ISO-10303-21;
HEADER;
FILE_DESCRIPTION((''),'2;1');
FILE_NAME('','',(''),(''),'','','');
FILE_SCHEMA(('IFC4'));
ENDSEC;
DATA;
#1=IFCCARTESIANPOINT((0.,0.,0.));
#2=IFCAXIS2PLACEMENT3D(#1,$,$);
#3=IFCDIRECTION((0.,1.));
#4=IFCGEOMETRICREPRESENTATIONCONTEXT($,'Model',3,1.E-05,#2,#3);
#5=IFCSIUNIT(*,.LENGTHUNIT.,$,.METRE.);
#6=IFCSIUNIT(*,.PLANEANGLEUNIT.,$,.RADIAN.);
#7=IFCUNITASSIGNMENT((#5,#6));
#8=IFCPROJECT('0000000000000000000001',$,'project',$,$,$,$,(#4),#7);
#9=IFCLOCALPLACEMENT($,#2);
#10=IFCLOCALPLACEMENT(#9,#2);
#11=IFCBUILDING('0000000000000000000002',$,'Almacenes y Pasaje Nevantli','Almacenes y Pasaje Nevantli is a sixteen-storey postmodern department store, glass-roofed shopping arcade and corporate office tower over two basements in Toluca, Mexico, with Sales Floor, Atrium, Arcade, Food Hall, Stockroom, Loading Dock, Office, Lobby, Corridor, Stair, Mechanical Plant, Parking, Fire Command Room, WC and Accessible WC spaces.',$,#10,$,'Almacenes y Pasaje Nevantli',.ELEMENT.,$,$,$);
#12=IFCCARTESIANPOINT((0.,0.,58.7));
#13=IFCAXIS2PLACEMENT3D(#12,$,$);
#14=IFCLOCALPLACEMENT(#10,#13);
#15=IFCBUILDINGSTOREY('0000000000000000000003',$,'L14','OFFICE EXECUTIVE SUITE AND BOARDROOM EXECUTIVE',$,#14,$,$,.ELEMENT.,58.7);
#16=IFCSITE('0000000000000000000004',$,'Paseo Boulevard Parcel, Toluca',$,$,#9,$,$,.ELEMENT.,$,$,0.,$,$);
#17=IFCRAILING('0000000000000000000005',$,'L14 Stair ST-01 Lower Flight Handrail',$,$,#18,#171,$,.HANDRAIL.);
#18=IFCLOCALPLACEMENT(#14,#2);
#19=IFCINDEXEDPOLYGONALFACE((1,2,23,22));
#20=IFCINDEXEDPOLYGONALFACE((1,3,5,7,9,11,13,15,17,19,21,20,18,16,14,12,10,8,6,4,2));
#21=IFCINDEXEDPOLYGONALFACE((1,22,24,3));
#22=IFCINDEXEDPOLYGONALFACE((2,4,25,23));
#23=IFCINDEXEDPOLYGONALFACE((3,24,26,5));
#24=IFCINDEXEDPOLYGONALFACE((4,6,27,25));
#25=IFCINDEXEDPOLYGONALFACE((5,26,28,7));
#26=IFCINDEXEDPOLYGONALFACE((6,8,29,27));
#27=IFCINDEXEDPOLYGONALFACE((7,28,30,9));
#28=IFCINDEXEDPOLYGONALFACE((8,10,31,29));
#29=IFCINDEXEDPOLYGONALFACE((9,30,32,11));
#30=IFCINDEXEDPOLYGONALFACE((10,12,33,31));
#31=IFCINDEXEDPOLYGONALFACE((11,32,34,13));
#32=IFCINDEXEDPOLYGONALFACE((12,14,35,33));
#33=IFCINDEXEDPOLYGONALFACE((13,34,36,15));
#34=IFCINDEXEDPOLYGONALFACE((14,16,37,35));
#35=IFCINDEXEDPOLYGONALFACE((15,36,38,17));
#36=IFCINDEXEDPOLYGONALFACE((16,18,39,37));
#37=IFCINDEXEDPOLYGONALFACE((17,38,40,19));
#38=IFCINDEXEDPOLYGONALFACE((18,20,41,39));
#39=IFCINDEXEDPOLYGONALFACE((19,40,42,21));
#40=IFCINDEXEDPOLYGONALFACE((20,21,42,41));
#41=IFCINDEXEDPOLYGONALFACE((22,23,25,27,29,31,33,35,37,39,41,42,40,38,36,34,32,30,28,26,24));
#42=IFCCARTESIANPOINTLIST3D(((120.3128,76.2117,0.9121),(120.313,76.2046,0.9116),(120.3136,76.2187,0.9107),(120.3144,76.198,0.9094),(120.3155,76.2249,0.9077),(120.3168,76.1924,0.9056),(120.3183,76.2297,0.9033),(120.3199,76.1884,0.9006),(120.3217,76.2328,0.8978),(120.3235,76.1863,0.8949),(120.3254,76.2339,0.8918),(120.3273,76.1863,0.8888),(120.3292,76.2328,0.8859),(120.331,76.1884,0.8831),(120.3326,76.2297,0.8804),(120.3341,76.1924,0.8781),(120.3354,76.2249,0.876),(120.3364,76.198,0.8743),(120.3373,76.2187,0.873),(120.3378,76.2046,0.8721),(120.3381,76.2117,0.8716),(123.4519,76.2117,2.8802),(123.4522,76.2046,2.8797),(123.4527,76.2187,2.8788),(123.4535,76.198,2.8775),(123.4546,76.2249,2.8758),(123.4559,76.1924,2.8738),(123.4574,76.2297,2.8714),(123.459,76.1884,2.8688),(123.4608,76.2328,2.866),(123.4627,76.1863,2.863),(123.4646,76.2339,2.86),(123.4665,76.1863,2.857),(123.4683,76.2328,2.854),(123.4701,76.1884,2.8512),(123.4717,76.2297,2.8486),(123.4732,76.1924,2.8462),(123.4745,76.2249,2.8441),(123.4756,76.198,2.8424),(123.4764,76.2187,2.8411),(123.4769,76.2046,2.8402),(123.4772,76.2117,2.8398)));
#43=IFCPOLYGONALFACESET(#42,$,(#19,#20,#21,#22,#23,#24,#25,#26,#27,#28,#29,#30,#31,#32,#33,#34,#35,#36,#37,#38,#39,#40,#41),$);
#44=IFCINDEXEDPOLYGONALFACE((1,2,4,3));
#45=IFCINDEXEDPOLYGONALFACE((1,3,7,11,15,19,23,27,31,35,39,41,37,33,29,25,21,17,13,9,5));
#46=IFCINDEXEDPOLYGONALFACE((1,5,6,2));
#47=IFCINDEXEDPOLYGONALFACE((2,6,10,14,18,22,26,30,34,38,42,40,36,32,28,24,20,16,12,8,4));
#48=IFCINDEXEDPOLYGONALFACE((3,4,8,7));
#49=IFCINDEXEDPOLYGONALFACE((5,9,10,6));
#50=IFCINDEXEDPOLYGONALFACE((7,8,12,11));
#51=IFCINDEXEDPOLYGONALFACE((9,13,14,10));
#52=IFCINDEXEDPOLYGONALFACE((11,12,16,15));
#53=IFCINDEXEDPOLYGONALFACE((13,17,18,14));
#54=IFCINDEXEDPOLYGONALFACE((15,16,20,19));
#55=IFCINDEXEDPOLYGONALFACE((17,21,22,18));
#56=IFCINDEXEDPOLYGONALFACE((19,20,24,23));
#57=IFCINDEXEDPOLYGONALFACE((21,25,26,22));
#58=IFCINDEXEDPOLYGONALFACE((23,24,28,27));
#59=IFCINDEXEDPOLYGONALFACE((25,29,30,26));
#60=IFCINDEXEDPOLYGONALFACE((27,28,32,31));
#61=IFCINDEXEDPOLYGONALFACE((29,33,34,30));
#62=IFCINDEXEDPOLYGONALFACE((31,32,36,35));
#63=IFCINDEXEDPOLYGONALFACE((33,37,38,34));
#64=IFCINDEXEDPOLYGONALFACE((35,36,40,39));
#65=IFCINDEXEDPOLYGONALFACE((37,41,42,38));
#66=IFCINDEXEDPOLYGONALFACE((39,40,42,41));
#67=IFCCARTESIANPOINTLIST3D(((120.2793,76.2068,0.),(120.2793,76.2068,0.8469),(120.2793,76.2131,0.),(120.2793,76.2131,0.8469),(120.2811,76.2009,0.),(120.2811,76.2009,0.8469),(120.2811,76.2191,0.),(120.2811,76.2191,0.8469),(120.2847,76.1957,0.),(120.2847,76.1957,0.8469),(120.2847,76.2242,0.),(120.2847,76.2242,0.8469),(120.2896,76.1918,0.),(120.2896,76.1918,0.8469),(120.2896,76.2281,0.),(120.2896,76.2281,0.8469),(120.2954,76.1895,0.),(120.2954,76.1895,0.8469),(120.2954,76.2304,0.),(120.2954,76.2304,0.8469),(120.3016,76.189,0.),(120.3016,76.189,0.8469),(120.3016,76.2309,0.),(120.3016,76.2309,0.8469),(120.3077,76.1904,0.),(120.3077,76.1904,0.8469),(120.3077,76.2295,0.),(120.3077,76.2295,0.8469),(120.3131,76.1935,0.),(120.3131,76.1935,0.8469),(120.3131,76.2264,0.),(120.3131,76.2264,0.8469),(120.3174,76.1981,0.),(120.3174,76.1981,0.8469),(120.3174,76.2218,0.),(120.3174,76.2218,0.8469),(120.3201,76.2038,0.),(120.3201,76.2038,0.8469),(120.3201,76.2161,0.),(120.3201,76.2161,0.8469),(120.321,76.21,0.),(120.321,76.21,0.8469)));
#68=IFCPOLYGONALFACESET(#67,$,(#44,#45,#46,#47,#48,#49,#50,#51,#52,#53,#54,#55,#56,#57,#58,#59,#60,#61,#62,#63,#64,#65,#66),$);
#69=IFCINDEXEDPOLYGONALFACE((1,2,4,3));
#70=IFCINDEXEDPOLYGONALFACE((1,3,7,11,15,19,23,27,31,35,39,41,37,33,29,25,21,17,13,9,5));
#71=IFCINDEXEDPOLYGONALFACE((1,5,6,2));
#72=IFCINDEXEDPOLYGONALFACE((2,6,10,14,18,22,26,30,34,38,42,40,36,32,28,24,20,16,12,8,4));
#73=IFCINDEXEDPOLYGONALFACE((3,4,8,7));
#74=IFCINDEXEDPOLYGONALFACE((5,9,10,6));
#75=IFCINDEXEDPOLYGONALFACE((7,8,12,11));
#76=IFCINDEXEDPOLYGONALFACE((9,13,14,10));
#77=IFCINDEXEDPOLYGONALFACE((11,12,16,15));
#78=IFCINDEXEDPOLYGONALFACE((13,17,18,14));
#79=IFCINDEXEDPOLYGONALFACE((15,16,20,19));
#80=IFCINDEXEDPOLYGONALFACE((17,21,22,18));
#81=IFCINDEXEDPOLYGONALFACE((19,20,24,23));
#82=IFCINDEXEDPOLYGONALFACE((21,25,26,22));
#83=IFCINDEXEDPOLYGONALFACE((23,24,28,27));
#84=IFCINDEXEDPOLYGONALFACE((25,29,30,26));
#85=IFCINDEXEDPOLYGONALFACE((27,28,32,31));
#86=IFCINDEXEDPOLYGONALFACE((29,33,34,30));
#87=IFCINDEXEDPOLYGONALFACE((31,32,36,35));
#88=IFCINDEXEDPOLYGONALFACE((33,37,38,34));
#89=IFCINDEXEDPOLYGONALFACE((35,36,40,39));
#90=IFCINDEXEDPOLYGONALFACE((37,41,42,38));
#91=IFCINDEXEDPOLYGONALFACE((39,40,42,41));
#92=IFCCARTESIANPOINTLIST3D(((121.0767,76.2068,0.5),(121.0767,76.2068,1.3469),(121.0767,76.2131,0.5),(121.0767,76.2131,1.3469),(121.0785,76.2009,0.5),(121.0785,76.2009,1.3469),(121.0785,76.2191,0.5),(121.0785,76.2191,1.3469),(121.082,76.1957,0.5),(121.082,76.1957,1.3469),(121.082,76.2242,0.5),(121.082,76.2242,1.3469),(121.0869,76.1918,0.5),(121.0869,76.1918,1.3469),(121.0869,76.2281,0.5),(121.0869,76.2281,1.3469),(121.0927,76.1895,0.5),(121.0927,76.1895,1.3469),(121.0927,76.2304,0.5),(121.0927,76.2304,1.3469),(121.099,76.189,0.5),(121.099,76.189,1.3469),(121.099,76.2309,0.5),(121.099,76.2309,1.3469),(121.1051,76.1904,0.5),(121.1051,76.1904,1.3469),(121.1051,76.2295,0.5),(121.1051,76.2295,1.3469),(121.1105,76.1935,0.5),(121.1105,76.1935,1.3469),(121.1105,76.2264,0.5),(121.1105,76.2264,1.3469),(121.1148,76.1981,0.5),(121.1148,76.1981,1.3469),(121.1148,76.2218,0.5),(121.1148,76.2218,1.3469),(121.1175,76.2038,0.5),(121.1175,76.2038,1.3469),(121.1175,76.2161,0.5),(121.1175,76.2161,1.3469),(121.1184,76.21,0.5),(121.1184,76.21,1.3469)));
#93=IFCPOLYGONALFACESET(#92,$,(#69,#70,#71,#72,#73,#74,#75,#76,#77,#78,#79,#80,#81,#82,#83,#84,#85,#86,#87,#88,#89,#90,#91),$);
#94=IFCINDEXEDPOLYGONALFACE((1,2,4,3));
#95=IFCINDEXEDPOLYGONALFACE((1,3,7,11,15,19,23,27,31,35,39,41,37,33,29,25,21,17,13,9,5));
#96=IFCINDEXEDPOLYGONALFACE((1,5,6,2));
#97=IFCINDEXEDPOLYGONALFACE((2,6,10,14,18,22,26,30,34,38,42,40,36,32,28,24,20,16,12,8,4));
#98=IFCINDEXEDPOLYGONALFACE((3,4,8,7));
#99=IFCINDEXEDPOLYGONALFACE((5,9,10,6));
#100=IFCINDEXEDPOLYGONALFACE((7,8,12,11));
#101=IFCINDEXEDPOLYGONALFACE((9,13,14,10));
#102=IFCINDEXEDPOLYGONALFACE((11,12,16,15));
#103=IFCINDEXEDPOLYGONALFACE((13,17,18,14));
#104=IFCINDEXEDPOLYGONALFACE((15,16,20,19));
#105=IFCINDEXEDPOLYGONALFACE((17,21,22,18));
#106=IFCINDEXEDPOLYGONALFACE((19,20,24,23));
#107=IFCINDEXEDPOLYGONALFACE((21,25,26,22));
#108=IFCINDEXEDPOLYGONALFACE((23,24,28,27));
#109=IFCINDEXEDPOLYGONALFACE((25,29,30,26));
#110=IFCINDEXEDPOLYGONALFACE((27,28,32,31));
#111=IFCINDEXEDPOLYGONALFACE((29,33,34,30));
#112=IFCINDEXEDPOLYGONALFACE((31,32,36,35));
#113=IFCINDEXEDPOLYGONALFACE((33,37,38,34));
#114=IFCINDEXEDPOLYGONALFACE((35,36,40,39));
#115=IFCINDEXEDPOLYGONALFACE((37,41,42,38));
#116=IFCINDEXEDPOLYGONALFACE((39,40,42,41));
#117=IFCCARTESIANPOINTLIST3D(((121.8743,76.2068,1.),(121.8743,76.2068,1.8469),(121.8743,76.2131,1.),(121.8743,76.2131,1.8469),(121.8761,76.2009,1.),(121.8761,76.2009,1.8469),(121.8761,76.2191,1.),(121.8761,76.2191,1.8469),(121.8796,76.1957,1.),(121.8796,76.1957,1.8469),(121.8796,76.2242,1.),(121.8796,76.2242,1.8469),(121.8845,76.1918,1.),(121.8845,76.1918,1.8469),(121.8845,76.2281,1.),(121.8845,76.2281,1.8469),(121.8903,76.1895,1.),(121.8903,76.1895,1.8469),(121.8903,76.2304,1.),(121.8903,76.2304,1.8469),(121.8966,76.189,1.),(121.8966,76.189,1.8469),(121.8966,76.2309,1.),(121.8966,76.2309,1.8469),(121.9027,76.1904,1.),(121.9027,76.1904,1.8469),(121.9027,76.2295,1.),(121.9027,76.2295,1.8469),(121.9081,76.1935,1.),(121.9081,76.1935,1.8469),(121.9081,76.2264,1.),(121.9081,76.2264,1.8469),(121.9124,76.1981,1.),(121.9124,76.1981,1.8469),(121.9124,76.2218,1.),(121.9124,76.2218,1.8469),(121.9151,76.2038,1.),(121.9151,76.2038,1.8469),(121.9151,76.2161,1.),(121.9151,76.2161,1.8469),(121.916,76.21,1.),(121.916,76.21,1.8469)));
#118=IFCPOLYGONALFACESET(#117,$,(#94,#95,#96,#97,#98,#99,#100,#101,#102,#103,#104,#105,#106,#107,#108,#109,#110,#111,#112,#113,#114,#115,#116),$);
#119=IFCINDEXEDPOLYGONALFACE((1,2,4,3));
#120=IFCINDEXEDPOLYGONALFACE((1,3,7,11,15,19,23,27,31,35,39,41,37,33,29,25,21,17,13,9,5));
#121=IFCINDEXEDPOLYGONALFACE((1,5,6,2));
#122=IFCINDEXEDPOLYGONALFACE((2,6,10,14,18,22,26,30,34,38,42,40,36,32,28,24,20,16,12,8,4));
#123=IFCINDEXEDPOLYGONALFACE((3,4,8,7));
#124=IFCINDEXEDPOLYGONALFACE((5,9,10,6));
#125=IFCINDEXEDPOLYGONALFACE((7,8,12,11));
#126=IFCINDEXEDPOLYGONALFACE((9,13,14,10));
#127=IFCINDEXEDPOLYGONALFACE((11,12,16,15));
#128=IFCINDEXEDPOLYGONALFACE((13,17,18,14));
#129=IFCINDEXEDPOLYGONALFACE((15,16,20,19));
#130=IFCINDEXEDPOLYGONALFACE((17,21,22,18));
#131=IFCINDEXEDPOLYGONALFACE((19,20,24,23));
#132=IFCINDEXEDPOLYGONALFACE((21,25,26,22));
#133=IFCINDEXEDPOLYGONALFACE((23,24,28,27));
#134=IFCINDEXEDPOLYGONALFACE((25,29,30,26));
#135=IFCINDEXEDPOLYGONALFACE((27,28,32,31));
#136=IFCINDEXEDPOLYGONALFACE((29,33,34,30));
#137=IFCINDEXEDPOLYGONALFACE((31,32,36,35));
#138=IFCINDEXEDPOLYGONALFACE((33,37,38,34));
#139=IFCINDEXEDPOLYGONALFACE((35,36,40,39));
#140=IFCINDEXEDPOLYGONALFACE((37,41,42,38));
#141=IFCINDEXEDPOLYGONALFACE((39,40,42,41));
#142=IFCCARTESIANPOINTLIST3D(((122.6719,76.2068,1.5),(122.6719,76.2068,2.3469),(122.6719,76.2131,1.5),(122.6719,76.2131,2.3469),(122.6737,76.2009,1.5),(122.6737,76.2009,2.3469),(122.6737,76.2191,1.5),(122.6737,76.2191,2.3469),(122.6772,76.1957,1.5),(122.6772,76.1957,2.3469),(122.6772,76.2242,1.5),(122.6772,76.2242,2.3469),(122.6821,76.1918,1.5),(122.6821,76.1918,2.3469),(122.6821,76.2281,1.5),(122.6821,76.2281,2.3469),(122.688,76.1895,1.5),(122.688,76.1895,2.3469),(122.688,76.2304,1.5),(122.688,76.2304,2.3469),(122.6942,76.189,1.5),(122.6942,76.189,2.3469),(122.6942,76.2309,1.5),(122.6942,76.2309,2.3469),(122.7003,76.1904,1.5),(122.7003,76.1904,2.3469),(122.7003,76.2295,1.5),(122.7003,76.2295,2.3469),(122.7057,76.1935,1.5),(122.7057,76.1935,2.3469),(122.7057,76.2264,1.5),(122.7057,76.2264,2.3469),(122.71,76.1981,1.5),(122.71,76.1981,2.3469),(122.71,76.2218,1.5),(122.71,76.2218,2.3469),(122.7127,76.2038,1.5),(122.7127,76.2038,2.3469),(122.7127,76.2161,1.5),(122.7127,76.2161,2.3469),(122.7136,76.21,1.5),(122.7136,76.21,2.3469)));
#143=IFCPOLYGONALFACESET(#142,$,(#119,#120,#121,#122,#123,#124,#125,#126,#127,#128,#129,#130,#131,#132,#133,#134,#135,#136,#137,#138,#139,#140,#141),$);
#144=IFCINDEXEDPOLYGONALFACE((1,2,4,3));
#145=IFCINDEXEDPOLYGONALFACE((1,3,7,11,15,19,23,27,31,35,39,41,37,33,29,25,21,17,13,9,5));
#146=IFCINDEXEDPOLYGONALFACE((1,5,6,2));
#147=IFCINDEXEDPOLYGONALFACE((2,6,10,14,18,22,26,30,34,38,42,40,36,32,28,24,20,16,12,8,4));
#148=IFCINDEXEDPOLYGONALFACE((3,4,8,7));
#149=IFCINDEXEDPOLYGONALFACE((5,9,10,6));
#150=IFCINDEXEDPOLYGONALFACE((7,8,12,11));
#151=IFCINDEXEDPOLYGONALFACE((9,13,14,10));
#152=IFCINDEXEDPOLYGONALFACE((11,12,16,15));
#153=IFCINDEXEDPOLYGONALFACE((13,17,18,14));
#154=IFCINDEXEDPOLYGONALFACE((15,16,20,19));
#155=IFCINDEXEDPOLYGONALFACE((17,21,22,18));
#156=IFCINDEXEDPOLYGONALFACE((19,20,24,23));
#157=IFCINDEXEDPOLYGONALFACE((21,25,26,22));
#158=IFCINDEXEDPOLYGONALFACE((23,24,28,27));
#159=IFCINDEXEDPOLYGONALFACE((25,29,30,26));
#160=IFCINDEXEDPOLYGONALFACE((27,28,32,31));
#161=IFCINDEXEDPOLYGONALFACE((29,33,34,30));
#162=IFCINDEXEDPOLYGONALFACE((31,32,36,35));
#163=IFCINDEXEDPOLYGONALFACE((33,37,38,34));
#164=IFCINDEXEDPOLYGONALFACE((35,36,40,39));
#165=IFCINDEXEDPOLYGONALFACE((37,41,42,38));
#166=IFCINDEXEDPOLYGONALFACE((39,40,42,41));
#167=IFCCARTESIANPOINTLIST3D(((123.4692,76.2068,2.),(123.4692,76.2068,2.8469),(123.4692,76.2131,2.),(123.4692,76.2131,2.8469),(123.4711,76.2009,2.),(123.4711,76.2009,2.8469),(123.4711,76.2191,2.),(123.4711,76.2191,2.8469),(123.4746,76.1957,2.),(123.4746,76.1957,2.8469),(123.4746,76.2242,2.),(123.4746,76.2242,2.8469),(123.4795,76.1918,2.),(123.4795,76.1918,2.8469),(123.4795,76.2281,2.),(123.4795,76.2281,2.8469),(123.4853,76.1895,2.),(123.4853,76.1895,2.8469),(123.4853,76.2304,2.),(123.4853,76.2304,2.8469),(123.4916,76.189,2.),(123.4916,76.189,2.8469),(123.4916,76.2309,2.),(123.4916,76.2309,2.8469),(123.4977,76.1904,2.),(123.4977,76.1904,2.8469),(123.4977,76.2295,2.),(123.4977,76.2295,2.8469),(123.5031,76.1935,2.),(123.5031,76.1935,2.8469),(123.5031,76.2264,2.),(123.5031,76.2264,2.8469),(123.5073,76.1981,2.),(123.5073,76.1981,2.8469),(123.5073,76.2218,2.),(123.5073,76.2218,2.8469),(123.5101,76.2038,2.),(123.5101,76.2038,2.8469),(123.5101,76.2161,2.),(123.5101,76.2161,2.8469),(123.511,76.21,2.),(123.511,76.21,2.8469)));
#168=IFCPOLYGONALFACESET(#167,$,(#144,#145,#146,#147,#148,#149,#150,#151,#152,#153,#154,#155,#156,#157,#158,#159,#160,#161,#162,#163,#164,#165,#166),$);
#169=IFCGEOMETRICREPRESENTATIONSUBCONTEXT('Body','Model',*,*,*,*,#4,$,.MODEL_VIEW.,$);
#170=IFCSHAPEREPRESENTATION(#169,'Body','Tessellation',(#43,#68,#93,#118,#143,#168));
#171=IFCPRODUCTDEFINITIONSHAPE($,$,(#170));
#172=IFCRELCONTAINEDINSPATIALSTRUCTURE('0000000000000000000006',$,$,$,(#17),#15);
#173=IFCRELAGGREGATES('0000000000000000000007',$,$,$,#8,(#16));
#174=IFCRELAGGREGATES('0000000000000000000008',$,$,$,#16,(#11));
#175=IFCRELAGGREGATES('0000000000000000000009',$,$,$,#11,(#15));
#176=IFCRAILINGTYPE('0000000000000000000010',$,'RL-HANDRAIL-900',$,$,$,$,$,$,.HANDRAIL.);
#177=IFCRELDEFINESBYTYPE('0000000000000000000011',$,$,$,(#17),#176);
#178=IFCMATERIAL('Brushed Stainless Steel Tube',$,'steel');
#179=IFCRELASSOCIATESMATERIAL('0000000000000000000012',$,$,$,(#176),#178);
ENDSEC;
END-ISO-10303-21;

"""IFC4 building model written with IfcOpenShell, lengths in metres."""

from ifc_helpers import new_model, si_unit, direction, frame, origin, origin_2d, place, context, subcontext, project, spatial, circle, extrude, material, type_object, element, save


model = new_model("IFC4")

# Units and contexts
model_context = context("Model", 3, precision=1e-05, world=origin(), true_north=direction((0.0, 1.0)))
body_context = subcontext(model_context, "Body", "Model", "MODEL_VIEW")
ifc_project = project(units=[si_unit("LENGTHUNIT", "METRE"), si_unit("PLANEANGLEUNIT", "RADIAN")], contexts=[model_context])

# Site, building, storey
site_placement = place(None, origin())
site = spatial("IfcSite", under=ifc_project, at=site_placement, Name="Paseo Boulevard Parcel, Toluca", CompositionType="ELEMENT", RefElevation=0.0)
building_placement = place(site_placement, origin())
building = spatial("IfcBuilding", under=site, at=building_placement, Name="Almacenes y Pasaje Nevantli", Description="Almacenes y Pasaje Nevantli is a sixteen-storey postmodern department store, glass-roofed shopping arcade and corporate office tower over two basements in Toluca, Mexico, with Sales Floor, Atrium, Arcade, Food Hall, Stockroom, Loading Dock, Office, Lobby, Corridor, Stair, Mechanical Plant, Parking, Fire Command Room, WC and Accessible WC spaces.", LongName="Almacenes y Pasaje Nevantli", CompositionType="ELEMENT")
storey_placement = place(building_placement, frame((0.0, 0.0, 58.7)))
storey = spatial("IfcBuildingStorey", under=building, at=storey_placement, Name="L14", Description="OFFICE EXECUTIVE SUITE AND BOARDROOM EXECUTIVE", CompositionType="ELEMENT", Elevation=58.7)

# Railing
ifc_material_1 = material(Name="Brushed Stainless Steel Tube", Category="steel")
railing_type_1 = type_object("IfcRailingType", Name="RL-HANDRAIL-900", PredefinedType="HANDRAIL", material=ifc_material_1)
railing_1_placement = place(storey_placement, frame((120.3, 76.21, 0.0)))
element("IfcRailing", 1, at=railing_1_placement, inside=storey, type_object=railing_type_1, Name="L14 Stair ST-01 Lower Flight Handrail", PredefinedType="HANDRAIL", context=body_context, shape_type="SweptSolid", body=[
    extrude(circle(Radius=0.0239, at=origin_2d()), frame((0.0254, 0.0, 0.8918), z_axis=(0.847247, 0.0, 0.531199), x_axis=(0.0, 1.0, 0.0)), (0.0, 0.0, 1.0), 3.7051),
    extrude(circle(Radius=0.021, at=origin_2d()), origin(), (0.0, 0.0, 1.0), 0.8469),
    extrude(circle(Radius=0.021, at=origin_2d()), frame((0.7974, 0.0, 0.5)), (0.0, 0.0, 1.0), 0.8469),
    extrude(circle(Radius=0.021, at=origin_2d()), frame((1.595, 0.0, 1.0)), (0.0, 0.0, 1.0), 0.8469),
    extrude(circle(Radius=0.021, at=origin_2d()), frame((2.3926, 0.0, 1.5)), (0.0, 0.0, 1.0), 0.8469),
    extrude(circle(Radius=0.021, at=origin_2d()), frame((3.1899, 0.0, 2.0)), (0.0, 0.0, 1.0), 0.8469),
])

save(model, "model.ifc")
